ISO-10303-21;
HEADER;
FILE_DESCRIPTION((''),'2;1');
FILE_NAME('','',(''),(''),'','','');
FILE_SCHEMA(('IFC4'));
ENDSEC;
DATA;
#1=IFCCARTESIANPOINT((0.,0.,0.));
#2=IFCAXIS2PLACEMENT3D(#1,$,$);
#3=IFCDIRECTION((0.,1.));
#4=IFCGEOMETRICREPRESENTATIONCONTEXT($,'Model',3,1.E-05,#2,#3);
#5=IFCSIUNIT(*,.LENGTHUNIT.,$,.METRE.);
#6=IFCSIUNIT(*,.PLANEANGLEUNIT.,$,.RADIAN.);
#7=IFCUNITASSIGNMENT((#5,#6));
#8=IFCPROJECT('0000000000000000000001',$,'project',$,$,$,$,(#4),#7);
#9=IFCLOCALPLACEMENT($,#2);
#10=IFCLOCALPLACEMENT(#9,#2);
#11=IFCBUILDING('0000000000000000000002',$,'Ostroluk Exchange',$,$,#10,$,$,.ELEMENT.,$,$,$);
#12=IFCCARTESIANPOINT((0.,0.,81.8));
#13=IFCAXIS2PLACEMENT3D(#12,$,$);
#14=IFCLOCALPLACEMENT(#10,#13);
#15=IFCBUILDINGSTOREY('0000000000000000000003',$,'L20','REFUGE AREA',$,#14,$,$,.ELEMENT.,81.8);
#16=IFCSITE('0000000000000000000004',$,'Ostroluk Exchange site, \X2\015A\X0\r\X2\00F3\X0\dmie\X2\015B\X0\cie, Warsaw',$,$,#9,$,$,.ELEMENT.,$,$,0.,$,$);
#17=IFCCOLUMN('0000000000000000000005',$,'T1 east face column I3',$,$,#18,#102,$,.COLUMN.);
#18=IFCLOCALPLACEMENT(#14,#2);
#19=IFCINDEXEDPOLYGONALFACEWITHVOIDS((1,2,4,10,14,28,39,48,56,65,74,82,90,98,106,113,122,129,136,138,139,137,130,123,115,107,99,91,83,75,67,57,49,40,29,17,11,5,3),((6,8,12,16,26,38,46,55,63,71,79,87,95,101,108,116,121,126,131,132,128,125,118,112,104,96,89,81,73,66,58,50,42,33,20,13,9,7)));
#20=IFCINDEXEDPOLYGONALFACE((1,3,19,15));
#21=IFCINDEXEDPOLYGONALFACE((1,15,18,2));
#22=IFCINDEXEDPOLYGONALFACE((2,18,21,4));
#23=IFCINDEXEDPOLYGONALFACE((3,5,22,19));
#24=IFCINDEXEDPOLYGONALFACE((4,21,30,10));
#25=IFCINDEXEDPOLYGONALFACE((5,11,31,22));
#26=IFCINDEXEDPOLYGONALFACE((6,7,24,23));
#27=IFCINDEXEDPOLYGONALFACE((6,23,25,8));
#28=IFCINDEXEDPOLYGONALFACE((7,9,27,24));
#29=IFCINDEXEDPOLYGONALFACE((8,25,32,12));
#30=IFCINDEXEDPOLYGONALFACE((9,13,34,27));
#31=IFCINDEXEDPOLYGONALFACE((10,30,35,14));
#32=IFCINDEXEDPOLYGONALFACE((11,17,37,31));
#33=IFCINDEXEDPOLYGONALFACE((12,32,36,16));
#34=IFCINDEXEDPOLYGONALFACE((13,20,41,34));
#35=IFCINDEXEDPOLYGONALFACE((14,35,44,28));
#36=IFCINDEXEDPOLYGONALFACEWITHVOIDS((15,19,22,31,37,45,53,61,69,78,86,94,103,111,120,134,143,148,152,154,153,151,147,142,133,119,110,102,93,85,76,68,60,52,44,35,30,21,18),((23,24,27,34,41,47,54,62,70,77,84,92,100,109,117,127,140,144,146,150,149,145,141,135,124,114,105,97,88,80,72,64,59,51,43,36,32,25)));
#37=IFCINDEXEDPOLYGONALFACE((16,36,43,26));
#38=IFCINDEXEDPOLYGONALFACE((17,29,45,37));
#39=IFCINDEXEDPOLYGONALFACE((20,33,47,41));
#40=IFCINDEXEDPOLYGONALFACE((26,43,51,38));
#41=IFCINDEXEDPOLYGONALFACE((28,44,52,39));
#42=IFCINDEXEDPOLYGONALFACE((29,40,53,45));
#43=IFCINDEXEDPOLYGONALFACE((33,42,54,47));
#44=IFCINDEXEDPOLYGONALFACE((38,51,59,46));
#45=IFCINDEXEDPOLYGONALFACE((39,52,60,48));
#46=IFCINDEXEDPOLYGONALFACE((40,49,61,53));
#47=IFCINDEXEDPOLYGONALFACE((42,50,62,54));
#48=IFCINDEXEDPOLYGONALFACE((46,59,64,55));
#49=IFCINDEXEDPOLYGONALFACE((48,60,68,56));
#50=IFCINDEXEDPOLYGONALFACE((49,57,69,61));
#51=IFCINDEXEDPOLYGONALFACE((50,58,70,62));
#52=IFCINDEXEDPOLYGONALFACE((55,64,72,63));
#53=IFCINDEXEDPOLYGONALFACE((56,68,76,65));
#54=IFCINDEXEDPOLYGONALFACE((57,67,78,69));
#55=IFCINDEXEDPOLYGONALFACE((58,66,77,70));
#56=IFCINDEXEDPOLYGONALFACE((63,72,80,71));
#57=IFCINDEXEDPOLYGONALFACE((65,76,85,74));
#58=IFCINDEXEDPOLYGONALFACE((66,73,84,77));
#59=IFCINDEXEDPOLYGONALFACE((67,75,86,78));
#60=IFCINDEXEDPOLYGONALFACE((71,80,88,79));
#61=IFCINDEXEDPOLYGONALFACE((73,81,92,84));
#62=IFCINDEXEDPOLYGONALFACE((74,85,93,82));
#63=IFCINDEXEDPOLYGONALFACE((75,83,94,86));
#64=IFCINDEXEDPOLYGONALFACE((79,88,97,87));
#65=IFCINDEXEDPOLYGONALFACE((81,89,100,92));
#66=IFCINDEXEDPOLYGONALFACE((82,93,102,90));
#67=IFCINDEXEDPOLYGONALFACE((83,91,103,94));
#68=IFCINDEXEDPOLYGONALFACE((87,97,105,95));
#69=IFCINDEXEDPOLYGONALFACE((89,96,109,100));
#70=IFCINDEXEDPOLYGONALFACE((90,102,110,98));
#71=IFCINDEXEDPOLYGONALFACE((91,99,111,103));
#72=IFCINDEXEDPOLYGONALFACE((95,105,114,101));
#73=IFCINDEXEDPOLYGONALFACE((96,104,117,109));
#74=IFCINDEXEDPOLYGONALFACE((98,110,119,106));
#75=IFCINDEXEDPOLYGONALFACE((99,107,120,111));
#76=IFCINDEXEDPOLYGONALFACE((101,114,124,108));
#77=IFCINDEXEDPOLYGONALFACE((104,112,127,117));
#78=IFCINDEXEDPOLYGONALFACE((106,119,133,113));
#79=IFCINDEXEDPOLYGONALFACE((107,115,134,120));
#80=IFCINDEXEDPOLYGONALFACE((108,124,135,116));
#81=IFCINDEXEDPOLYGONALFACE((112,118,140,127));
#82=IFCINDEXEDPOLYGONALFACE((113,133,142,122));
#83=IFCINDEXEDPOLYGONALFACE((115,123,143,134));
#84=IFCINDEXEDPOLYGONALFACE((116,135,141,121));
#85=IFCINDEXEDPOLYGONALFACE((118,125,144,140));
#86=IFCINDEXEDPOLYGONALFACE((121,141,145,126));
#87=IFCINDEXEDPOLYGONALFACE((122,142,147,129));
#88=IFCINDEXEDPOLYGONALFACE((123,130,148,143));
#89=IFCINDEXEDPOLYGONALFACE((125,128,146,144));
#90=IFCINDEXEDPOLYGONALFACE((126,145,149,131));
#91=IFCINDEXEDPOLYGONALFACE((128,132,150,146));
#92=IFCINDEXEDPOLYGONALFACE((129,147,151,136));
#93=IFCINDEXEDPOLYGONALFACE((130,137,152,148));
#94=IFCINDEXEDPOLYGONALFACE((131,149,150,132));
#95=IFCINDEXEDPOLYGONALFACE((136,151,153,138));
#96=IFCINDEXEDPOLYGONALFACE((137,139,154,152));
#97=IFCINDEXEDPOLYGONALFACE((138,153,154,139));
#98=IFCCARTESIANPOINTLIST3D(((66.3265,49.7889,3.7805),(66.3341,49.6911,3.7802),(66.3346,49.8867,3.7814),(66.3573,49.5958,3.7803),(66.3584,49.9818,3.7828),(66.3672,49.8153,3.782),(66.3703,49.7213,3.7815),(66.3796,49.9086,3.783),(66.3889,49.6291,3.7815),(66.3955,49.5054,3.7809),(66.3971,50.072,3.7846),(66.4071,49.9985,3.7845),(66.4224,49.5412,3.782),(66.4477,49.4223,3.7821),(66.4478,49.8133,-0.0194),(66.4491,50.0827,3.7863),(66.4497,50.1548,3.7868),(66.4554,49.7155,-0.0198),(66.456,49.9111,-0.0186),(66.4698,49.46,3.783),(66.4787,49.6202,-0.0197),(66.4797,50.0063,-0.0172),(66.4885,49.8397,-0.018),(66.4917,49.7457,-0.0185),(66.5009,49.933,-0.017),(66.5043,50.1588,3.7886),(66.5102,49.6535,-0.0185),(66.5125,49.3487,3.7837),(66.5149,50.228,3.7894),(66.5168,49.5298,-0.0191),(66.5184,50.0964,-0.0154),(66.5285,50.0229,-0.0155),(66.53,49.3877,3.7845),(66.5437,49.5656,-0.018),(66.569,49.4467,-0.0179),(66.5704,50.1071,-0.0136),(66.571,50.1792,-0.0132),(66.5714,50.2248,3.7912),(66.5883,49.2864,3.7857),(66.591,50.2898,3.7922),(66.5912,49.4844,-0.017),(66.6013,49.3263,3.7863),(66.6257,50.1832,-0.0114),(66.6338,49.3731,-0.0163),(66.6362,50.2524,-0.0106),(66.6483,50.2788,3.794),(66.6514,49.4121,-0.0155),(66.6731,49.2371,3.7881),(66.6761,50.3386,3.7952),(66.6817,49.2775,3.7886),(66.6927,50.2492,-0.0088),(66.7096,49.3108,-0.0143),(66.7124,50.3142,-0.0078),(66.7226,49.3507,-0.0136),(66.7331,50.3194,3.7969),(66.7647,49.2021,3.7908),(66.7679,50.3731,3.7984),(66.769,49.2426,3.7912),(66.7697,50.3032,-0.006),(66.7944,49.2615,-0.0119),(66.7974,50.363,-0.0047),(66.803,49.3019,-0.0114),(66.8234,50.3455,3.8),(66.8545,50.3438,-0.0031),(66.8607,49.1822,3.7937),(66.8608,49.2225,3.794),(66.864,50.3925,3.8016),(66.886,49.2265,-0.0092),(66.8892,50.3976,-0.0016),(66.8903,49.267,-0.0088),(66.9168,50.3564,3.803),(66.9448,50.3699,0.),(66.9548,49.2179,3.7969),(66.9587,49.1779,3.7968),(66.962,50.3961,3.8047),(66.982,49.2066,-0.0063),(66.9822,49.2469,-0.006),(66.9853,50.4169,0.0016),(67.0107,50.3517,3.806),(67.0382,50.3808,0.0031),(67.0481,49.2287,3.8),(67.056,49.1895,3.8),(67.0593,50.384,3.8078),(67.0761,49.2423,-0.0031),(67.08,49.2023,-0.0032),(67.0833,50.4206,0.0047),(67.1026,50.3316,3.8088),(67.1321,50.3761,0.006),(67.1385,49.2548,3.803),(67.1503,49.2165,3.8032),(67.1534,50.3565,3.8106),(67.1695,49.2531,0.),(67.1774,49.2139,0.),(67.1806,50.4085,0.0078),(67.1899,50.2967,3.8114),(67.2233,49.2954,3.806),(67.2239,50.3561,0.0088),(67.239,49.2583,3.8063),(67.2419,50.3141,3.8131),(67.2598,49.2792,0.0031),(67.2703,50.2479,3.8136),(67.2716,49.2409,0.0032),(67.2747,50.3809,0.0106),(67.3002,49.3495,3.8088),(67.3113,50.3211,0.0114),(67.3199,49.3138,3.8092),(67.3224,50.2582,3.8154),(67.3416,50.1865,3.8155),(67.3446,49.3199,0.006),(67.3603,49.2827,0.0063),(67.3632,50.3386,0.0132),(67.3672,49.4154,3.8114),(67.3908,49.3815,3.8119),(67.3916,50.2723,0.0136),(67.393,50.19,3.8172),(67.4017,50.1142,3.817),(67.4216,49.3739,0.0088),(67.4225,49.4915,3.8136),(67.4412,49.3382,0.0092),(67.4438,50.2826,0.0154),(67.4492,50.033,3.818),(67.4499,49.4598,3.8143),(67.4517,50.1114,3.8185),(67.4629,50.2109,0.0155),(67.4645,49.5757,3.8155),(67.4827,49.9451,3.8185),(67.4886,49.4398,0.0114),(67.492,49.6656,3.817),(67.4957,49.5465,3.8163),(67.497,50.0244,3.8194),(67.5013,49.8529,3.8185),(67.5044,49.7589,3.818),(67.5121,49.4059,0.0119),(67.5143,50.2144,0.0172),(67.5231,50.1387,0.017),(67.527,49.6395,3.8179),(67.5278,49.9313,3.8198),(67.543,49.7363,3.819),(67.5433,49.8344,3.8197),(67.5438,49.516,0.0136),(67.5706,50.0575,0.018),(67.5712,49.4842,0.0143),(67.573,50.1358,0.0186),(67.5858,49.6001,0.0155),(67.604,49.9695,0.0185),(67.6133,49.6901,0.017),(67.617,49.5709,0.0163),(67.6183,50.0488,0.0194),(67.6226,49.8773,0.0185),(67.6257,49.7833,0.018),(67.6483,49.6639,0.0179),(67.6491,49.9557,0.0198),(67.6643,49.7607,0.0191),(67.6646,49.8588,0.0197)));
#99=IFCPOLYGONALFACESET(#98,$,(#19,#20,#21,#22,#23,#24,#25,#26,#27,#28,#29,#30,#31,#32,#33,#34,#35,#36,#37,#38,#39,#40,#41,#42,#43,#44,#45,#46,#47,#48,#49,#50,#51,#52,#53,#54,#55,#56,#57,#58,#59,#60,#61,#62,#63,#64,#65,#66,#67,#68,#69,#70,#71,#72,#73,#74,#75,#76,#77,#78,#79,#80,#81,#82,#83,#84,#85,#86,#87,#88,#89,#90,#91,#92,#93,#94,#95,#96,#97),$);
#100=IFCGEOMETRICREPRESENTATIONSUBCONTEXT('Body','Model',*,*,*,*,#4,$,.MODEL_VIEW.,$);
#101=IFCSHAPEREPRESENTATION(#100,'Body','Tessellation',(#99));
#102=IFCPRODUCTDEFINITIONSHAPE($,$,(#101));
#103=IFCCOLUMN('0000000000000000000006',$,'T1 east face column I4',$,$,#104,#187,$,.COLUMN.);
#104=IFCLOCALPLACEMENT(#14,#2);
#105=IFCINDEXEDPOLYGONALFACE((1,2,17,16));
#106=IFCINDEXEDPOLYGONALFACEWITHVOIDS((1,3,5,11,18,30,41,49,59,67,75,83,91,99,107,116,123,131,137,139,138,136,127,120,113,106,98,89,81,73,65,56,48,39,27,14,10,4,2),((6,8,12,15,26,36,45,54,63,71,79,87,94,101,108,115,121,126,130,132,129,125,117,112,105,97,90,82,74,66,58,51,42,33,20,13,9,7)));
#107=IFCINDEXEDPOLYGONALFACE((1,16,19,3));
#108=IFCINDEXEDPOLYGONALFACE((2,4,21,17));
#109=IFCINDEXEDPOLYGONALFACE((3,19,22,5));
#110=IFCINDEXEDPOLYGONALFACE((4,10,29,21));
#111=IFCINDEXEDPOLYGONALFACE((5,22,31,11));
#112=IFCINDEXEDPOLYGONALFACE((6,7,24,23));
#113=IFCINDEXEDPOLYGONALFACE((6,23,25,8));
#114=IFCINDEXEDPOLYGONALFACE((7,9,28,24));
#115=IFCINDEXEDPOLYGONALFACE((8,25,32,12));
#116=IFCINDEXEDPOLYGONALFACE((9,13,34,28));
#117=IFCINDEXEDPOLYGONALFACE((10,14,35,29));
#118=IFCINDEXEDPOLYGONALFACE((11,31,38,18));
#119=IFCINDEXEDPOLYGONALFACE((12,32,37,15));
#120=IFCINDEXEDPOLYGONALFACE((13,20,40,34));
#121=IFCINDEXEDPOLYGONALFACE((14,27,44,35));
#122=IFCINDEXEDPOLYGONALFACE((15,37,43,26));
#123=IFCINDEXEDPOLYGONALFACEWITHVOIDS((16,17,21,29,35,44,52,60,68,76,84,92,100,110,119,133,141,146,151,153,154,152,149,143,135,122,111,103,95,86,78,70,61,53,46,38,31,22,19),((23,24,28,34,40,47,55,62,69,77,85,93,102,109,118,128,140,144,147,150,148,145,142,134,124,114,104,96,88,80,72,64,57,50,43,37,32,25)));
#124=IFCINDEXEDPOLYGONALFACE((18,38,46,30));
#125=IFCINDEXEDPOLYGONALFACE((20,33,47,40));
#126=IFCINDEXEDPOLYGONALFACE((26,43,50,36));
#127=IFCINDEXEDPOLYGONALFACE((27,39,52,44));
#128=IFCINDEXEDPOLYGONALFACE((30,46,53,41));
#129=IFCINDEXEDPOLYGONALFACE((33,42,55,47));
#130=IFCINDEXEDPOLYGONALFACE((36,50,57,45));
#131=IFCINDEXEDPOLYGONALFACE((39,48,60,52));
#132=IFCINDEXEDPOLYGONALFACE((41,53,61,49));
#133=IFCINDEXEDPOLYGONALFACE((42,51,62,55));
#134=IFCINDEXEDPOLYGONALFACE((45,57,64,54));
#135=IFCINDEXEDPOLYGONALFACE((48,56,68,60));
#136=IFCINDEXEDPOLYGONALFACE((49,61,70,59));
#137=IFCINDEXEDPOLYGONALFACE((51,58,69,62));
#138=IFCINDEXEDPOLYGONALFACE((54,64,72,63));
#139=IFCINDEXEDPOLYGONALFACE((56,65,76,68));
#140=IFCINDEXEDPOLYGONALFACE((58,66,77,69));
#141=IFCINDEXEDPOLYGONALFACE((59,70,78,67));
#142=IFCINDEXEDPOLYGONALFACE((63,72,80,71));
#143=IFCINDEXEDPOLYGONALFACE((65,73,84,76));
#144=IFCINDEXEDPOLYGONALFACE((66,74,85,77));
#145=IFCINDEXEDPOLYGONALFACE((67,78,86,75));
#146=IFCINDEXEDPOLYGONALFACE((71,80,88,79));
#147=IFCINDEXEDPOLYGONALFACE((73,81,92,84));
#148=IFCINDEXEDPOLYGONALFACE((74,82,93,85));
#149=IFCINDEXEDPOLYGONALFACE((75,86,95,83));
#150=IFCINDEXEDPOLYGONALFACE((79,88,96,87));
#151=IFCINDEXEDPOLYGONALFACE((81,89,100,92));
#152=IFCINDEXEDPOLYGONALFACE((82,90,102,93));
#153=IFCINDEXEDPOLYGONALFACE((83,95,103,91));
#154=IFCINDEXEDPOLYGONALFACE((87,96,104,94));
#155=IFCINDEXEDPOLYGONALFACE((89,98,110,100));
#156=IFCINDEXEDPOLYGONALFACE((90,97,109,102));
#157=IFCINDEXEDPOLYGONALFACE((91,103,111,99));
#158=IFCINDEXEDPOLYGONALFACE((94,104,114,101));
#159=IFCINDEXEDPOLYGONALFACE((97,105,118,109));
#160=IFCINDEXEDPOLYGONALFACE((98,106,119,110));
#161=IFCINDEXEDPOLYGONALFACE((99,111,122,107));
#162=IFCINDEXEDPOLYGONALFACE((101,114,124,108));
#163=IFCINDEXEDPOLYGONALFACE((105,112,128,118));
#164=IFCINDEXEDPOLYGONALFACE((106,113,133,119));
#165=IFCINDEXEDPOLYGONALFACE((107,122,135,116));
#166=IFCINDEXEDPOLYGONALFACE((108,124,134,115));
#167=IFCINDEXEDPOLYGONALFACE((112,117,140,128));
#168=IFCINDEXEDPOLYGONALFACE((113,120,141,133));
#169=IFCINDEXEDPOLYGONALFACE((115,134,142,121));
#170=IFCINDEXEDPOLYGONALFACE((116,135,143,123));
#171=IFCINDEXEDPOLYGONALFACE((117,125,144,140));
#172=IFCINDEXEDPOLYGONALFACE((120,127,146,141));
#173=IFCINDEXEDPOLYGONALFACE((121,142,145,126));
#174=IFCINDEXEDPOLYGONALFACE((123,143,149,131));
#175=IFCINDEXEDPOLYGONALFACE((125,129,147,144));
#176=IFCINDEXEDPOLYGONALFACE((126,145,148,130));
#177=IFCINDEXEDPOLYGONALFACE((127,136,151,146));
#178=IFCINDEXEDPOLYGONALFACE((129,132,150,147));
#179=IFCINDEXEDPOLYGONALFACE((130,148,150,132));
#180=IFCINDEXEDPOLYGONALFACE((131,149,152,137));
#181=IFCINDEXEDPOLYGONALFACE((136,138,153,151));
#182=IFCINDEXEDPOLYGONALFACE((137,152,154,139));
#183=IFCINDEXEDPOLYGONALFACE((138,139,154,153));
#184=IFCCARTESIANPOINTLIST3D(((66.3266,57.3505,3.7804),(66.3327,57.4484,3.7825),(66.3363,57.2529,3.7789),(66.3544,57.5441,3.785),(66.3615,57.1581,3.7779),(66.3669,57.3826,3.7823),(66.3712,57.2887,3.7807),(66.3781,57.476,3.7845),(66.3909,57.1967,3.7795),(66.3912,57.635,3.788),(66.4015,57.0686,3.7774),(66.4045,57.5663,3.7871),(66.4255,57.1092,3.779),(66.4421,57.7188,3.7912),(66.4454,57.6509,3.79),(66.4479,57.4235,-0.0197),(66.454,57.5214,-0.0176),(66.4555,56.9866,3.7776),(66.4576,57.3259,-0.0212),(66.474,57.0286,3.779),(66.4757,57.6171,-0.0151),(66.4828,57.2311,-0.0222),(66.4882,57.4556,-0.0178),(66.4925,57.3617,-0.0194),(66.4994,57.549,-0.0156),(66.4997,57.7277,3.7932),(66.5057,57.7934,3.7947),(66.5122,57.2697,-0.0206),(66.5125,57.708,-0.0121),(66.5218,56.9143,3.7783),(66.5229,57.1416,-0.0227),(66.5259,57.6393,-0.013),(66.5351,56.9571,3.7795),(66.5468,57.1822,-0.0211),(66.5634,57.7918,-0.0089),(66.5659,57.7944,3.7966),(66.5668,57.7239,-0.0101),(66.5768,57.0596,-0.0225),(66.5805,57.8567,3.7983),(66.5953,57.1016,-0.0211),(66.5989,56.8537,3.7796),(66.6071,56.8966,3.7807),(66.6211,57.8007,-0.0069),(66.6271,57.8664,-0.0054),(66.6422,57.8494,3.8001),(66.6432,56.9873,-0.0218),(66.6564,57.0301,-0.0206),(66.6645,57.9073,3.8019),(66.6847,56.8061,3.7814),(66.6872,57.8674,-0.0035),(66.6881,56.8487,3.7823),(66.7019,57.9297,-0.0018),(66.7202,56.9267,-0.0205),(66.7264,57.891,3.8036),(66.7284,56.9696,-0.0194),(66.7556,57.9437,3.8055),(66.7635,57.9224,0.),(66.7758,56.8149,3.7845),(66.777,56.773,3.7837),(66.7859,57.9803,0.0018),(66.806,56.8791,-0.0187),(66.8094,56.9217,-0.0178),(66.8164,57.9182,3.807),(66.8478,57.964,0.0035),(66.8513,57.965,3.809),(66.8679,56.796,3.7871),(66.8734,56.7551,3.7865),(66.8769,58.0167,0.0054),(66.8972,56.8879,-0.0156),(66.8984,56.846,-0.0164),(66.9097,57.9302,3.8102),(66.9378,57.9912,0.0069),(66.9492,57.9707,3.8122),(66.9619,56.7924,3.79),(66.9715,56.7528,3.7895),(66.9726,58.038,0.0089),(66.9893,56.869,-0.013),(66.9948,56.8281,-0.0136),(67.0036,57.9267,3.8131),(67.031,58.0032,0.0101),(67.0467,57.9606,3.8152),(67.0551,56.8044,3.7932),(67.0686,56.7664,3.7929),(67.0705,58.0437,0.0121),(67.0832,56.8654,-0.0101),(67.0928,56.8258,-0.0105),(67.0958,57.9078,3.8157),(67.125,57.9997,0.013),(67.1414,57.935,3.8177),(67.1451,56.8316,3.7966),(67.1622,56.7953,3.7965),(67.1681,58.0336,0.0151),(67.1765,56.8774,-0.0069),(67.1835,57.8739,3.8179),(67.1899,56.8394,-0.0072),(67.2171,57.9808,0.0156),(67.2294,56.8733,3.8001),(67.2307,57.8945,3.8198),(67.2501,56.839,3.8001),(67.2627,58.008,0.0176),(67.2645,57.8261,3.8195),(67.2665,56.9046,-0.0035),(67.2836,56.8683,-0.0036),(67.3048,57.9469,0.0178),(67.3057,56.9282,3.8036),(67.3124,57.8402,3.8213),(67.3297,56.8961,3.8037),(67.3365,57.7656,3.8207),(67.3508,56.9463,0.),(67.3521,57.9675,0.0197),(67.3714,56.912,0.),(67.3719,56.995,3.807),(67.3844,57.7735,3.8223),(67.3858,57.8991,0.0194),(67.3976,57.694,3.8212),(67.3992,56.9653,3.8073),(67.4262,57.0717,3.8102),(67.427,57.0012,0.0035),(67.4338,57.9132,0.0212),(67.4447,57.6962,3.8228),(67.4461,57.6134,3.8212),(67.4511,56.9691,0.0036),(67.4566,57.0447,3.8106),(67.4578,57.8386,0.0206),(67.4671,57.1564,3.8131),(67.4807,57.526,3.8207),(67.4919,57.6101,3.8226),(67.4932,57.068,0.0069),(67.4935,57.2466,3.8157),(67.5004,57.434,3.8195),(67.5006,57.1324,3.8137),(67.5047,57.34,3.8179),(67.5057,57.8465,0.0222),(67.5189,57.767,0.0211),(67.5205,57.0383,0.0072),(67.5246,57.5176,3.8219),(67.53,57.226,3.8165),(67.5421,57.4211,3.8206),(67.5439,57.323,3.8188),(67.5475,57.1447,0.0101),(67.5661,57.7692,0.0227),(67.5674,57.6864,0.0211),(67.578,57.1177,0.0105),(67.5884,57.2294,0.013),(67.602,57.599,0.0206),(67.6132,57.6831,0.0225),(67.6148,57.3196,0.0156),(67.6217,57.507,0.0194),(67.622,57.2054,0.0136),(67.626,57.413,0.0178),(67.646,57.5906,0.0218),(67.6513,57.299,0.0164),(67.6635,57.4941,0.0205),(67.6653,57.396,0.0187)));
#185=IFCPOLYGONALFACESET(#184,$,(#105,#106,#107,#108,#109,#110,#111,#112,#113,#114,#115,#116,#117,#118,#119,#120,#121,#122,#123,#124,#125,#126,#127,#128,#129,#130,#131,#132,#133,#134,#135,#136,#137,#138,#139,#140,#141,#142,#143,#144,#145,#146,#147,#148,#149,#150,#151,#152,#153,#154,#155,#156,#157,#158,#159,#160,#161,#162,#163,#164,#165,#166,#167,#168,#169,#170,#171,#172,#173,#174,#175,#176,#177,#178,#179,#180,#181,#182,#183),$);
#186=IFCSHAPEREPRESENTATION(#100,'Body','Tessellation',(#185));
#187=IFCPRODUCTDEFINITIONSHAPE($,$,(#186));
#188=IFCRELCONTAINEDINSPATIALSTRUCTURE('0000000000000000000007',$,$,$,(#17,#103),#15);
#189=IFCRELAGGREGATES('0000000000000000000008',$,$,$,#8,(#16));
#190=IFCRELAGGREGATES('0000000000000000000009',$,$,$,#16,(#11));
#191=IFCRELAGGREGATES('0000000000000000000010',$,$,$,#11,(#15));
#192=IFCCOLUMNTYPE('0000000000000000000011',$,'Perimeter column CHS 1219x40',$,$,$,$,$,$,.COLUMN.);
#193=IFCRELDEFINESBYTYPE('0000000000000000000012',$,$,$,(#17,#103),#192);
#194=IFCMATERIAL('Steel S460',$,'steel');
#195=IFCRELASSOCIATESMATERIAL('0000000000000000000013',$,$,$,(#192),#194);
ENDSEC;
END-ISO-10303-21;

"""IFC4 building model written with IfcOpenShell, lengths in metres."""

from ifc_helpers import new_model, si_unit, direction, frame, origin, origin_2d, place, context, subcontext, project, spatial, hollow_circle, extrude, material, material_profile, profile_set, type_object, element, save


model = new_model("IFC4")

# Units and contexts
model_context = context("Model", 3, precision=1e-05, world=origin(), true_north=direction((0.0, 1.0)))
body_context = subcontext(model_context, "Body", "Model", "MODEL_VIEW")
ifc_project = project(units=[si_unit("LENGTHUNIT", "METRE"), si_unit("PLANEANGLEUNIT", "RADIAN")], contexts=[model_context])

# Site, building, storey
site_placement = place(None, origin())
site = spatial("IfcSite", under=ifc_project, at=site_placement, Name="Ostroluk Exchange site, Śródmieście, Warsaw", CompositionType="ELEMENT", RefElevation=0.0)
building_placement = place(site_placement, origin())
building = spatial("IfcBuilding", under=site, at=building_placement, Name="Ostroluk Exchange", CompositionType="ELEMENT")
storey_placement = place(building_placement, frame((0.0, 0.0, 81.8)))
storey = spatial("IfcBuildingStorey", under=building, at=storey_placement, Name="L20", Description="REFUGE AREA", CompositionType="ELEMENT", Elevation=81.8)

# Columns
ifc_material_1 = material(Name="Steel S460", Category="steel")
ifc_material_profile_1 = material_profile(ifc_material_1, hollow_circle(Radius=0.6096, WallThickness=0.04, at=origin_2d()), Name="CHS 1219x40")
ifc_profile_set_1 = profile_set([ifc_material_profile_1], Name="Steel S460")
column_type = type_object("IfcColumnType", Name="Perimeter column CHS 1219x40", PredefinedType="COLUMN", material=ifc_profile_set_1)
column_1_placement = place(storey_placement, frame((67.0571, 49.8115, 0.0), z_axis=(-0.031914, -0.006421, 0.99947), x_axis=(0.197254, -0.980352, 0.0)))
element("IfcColumn", 1, at=column_1_placement, inside=storey, type_object=column_type, Name="T1 east face column I3", PredefinedType="COLUMN", context=body_context, shape_type="SweptSolid", body=[
    extrude(hollow_circle(Radius=0.6096, WallThickness=0.04, at=origin_2d()), origin(), (0.0, 0.0, 1.0), 3.802),
])
column_2_placement = place(storey_placement, frame((67.0571, 57.4343, 0.0), z_axis=(-0.031908, -0.019196, 0.999306), x_axis=(0.51551, -0.856884, 0.0)))
element("IfcColumn", 2, at=column_2_placement, inside=storey, type_object=column_type, Name="T1 east face column I4", PredefinedType="COLUMN", context=body_context, shape_type="SweptSolid", body=[
    extrude(hollow_circle(Radius=0.6096, WallThickness=0.04, at=origin_2d()), origin(), (0.0, 0.0, 1.0), 3.8027),
])

save(model, "model.ifc")
